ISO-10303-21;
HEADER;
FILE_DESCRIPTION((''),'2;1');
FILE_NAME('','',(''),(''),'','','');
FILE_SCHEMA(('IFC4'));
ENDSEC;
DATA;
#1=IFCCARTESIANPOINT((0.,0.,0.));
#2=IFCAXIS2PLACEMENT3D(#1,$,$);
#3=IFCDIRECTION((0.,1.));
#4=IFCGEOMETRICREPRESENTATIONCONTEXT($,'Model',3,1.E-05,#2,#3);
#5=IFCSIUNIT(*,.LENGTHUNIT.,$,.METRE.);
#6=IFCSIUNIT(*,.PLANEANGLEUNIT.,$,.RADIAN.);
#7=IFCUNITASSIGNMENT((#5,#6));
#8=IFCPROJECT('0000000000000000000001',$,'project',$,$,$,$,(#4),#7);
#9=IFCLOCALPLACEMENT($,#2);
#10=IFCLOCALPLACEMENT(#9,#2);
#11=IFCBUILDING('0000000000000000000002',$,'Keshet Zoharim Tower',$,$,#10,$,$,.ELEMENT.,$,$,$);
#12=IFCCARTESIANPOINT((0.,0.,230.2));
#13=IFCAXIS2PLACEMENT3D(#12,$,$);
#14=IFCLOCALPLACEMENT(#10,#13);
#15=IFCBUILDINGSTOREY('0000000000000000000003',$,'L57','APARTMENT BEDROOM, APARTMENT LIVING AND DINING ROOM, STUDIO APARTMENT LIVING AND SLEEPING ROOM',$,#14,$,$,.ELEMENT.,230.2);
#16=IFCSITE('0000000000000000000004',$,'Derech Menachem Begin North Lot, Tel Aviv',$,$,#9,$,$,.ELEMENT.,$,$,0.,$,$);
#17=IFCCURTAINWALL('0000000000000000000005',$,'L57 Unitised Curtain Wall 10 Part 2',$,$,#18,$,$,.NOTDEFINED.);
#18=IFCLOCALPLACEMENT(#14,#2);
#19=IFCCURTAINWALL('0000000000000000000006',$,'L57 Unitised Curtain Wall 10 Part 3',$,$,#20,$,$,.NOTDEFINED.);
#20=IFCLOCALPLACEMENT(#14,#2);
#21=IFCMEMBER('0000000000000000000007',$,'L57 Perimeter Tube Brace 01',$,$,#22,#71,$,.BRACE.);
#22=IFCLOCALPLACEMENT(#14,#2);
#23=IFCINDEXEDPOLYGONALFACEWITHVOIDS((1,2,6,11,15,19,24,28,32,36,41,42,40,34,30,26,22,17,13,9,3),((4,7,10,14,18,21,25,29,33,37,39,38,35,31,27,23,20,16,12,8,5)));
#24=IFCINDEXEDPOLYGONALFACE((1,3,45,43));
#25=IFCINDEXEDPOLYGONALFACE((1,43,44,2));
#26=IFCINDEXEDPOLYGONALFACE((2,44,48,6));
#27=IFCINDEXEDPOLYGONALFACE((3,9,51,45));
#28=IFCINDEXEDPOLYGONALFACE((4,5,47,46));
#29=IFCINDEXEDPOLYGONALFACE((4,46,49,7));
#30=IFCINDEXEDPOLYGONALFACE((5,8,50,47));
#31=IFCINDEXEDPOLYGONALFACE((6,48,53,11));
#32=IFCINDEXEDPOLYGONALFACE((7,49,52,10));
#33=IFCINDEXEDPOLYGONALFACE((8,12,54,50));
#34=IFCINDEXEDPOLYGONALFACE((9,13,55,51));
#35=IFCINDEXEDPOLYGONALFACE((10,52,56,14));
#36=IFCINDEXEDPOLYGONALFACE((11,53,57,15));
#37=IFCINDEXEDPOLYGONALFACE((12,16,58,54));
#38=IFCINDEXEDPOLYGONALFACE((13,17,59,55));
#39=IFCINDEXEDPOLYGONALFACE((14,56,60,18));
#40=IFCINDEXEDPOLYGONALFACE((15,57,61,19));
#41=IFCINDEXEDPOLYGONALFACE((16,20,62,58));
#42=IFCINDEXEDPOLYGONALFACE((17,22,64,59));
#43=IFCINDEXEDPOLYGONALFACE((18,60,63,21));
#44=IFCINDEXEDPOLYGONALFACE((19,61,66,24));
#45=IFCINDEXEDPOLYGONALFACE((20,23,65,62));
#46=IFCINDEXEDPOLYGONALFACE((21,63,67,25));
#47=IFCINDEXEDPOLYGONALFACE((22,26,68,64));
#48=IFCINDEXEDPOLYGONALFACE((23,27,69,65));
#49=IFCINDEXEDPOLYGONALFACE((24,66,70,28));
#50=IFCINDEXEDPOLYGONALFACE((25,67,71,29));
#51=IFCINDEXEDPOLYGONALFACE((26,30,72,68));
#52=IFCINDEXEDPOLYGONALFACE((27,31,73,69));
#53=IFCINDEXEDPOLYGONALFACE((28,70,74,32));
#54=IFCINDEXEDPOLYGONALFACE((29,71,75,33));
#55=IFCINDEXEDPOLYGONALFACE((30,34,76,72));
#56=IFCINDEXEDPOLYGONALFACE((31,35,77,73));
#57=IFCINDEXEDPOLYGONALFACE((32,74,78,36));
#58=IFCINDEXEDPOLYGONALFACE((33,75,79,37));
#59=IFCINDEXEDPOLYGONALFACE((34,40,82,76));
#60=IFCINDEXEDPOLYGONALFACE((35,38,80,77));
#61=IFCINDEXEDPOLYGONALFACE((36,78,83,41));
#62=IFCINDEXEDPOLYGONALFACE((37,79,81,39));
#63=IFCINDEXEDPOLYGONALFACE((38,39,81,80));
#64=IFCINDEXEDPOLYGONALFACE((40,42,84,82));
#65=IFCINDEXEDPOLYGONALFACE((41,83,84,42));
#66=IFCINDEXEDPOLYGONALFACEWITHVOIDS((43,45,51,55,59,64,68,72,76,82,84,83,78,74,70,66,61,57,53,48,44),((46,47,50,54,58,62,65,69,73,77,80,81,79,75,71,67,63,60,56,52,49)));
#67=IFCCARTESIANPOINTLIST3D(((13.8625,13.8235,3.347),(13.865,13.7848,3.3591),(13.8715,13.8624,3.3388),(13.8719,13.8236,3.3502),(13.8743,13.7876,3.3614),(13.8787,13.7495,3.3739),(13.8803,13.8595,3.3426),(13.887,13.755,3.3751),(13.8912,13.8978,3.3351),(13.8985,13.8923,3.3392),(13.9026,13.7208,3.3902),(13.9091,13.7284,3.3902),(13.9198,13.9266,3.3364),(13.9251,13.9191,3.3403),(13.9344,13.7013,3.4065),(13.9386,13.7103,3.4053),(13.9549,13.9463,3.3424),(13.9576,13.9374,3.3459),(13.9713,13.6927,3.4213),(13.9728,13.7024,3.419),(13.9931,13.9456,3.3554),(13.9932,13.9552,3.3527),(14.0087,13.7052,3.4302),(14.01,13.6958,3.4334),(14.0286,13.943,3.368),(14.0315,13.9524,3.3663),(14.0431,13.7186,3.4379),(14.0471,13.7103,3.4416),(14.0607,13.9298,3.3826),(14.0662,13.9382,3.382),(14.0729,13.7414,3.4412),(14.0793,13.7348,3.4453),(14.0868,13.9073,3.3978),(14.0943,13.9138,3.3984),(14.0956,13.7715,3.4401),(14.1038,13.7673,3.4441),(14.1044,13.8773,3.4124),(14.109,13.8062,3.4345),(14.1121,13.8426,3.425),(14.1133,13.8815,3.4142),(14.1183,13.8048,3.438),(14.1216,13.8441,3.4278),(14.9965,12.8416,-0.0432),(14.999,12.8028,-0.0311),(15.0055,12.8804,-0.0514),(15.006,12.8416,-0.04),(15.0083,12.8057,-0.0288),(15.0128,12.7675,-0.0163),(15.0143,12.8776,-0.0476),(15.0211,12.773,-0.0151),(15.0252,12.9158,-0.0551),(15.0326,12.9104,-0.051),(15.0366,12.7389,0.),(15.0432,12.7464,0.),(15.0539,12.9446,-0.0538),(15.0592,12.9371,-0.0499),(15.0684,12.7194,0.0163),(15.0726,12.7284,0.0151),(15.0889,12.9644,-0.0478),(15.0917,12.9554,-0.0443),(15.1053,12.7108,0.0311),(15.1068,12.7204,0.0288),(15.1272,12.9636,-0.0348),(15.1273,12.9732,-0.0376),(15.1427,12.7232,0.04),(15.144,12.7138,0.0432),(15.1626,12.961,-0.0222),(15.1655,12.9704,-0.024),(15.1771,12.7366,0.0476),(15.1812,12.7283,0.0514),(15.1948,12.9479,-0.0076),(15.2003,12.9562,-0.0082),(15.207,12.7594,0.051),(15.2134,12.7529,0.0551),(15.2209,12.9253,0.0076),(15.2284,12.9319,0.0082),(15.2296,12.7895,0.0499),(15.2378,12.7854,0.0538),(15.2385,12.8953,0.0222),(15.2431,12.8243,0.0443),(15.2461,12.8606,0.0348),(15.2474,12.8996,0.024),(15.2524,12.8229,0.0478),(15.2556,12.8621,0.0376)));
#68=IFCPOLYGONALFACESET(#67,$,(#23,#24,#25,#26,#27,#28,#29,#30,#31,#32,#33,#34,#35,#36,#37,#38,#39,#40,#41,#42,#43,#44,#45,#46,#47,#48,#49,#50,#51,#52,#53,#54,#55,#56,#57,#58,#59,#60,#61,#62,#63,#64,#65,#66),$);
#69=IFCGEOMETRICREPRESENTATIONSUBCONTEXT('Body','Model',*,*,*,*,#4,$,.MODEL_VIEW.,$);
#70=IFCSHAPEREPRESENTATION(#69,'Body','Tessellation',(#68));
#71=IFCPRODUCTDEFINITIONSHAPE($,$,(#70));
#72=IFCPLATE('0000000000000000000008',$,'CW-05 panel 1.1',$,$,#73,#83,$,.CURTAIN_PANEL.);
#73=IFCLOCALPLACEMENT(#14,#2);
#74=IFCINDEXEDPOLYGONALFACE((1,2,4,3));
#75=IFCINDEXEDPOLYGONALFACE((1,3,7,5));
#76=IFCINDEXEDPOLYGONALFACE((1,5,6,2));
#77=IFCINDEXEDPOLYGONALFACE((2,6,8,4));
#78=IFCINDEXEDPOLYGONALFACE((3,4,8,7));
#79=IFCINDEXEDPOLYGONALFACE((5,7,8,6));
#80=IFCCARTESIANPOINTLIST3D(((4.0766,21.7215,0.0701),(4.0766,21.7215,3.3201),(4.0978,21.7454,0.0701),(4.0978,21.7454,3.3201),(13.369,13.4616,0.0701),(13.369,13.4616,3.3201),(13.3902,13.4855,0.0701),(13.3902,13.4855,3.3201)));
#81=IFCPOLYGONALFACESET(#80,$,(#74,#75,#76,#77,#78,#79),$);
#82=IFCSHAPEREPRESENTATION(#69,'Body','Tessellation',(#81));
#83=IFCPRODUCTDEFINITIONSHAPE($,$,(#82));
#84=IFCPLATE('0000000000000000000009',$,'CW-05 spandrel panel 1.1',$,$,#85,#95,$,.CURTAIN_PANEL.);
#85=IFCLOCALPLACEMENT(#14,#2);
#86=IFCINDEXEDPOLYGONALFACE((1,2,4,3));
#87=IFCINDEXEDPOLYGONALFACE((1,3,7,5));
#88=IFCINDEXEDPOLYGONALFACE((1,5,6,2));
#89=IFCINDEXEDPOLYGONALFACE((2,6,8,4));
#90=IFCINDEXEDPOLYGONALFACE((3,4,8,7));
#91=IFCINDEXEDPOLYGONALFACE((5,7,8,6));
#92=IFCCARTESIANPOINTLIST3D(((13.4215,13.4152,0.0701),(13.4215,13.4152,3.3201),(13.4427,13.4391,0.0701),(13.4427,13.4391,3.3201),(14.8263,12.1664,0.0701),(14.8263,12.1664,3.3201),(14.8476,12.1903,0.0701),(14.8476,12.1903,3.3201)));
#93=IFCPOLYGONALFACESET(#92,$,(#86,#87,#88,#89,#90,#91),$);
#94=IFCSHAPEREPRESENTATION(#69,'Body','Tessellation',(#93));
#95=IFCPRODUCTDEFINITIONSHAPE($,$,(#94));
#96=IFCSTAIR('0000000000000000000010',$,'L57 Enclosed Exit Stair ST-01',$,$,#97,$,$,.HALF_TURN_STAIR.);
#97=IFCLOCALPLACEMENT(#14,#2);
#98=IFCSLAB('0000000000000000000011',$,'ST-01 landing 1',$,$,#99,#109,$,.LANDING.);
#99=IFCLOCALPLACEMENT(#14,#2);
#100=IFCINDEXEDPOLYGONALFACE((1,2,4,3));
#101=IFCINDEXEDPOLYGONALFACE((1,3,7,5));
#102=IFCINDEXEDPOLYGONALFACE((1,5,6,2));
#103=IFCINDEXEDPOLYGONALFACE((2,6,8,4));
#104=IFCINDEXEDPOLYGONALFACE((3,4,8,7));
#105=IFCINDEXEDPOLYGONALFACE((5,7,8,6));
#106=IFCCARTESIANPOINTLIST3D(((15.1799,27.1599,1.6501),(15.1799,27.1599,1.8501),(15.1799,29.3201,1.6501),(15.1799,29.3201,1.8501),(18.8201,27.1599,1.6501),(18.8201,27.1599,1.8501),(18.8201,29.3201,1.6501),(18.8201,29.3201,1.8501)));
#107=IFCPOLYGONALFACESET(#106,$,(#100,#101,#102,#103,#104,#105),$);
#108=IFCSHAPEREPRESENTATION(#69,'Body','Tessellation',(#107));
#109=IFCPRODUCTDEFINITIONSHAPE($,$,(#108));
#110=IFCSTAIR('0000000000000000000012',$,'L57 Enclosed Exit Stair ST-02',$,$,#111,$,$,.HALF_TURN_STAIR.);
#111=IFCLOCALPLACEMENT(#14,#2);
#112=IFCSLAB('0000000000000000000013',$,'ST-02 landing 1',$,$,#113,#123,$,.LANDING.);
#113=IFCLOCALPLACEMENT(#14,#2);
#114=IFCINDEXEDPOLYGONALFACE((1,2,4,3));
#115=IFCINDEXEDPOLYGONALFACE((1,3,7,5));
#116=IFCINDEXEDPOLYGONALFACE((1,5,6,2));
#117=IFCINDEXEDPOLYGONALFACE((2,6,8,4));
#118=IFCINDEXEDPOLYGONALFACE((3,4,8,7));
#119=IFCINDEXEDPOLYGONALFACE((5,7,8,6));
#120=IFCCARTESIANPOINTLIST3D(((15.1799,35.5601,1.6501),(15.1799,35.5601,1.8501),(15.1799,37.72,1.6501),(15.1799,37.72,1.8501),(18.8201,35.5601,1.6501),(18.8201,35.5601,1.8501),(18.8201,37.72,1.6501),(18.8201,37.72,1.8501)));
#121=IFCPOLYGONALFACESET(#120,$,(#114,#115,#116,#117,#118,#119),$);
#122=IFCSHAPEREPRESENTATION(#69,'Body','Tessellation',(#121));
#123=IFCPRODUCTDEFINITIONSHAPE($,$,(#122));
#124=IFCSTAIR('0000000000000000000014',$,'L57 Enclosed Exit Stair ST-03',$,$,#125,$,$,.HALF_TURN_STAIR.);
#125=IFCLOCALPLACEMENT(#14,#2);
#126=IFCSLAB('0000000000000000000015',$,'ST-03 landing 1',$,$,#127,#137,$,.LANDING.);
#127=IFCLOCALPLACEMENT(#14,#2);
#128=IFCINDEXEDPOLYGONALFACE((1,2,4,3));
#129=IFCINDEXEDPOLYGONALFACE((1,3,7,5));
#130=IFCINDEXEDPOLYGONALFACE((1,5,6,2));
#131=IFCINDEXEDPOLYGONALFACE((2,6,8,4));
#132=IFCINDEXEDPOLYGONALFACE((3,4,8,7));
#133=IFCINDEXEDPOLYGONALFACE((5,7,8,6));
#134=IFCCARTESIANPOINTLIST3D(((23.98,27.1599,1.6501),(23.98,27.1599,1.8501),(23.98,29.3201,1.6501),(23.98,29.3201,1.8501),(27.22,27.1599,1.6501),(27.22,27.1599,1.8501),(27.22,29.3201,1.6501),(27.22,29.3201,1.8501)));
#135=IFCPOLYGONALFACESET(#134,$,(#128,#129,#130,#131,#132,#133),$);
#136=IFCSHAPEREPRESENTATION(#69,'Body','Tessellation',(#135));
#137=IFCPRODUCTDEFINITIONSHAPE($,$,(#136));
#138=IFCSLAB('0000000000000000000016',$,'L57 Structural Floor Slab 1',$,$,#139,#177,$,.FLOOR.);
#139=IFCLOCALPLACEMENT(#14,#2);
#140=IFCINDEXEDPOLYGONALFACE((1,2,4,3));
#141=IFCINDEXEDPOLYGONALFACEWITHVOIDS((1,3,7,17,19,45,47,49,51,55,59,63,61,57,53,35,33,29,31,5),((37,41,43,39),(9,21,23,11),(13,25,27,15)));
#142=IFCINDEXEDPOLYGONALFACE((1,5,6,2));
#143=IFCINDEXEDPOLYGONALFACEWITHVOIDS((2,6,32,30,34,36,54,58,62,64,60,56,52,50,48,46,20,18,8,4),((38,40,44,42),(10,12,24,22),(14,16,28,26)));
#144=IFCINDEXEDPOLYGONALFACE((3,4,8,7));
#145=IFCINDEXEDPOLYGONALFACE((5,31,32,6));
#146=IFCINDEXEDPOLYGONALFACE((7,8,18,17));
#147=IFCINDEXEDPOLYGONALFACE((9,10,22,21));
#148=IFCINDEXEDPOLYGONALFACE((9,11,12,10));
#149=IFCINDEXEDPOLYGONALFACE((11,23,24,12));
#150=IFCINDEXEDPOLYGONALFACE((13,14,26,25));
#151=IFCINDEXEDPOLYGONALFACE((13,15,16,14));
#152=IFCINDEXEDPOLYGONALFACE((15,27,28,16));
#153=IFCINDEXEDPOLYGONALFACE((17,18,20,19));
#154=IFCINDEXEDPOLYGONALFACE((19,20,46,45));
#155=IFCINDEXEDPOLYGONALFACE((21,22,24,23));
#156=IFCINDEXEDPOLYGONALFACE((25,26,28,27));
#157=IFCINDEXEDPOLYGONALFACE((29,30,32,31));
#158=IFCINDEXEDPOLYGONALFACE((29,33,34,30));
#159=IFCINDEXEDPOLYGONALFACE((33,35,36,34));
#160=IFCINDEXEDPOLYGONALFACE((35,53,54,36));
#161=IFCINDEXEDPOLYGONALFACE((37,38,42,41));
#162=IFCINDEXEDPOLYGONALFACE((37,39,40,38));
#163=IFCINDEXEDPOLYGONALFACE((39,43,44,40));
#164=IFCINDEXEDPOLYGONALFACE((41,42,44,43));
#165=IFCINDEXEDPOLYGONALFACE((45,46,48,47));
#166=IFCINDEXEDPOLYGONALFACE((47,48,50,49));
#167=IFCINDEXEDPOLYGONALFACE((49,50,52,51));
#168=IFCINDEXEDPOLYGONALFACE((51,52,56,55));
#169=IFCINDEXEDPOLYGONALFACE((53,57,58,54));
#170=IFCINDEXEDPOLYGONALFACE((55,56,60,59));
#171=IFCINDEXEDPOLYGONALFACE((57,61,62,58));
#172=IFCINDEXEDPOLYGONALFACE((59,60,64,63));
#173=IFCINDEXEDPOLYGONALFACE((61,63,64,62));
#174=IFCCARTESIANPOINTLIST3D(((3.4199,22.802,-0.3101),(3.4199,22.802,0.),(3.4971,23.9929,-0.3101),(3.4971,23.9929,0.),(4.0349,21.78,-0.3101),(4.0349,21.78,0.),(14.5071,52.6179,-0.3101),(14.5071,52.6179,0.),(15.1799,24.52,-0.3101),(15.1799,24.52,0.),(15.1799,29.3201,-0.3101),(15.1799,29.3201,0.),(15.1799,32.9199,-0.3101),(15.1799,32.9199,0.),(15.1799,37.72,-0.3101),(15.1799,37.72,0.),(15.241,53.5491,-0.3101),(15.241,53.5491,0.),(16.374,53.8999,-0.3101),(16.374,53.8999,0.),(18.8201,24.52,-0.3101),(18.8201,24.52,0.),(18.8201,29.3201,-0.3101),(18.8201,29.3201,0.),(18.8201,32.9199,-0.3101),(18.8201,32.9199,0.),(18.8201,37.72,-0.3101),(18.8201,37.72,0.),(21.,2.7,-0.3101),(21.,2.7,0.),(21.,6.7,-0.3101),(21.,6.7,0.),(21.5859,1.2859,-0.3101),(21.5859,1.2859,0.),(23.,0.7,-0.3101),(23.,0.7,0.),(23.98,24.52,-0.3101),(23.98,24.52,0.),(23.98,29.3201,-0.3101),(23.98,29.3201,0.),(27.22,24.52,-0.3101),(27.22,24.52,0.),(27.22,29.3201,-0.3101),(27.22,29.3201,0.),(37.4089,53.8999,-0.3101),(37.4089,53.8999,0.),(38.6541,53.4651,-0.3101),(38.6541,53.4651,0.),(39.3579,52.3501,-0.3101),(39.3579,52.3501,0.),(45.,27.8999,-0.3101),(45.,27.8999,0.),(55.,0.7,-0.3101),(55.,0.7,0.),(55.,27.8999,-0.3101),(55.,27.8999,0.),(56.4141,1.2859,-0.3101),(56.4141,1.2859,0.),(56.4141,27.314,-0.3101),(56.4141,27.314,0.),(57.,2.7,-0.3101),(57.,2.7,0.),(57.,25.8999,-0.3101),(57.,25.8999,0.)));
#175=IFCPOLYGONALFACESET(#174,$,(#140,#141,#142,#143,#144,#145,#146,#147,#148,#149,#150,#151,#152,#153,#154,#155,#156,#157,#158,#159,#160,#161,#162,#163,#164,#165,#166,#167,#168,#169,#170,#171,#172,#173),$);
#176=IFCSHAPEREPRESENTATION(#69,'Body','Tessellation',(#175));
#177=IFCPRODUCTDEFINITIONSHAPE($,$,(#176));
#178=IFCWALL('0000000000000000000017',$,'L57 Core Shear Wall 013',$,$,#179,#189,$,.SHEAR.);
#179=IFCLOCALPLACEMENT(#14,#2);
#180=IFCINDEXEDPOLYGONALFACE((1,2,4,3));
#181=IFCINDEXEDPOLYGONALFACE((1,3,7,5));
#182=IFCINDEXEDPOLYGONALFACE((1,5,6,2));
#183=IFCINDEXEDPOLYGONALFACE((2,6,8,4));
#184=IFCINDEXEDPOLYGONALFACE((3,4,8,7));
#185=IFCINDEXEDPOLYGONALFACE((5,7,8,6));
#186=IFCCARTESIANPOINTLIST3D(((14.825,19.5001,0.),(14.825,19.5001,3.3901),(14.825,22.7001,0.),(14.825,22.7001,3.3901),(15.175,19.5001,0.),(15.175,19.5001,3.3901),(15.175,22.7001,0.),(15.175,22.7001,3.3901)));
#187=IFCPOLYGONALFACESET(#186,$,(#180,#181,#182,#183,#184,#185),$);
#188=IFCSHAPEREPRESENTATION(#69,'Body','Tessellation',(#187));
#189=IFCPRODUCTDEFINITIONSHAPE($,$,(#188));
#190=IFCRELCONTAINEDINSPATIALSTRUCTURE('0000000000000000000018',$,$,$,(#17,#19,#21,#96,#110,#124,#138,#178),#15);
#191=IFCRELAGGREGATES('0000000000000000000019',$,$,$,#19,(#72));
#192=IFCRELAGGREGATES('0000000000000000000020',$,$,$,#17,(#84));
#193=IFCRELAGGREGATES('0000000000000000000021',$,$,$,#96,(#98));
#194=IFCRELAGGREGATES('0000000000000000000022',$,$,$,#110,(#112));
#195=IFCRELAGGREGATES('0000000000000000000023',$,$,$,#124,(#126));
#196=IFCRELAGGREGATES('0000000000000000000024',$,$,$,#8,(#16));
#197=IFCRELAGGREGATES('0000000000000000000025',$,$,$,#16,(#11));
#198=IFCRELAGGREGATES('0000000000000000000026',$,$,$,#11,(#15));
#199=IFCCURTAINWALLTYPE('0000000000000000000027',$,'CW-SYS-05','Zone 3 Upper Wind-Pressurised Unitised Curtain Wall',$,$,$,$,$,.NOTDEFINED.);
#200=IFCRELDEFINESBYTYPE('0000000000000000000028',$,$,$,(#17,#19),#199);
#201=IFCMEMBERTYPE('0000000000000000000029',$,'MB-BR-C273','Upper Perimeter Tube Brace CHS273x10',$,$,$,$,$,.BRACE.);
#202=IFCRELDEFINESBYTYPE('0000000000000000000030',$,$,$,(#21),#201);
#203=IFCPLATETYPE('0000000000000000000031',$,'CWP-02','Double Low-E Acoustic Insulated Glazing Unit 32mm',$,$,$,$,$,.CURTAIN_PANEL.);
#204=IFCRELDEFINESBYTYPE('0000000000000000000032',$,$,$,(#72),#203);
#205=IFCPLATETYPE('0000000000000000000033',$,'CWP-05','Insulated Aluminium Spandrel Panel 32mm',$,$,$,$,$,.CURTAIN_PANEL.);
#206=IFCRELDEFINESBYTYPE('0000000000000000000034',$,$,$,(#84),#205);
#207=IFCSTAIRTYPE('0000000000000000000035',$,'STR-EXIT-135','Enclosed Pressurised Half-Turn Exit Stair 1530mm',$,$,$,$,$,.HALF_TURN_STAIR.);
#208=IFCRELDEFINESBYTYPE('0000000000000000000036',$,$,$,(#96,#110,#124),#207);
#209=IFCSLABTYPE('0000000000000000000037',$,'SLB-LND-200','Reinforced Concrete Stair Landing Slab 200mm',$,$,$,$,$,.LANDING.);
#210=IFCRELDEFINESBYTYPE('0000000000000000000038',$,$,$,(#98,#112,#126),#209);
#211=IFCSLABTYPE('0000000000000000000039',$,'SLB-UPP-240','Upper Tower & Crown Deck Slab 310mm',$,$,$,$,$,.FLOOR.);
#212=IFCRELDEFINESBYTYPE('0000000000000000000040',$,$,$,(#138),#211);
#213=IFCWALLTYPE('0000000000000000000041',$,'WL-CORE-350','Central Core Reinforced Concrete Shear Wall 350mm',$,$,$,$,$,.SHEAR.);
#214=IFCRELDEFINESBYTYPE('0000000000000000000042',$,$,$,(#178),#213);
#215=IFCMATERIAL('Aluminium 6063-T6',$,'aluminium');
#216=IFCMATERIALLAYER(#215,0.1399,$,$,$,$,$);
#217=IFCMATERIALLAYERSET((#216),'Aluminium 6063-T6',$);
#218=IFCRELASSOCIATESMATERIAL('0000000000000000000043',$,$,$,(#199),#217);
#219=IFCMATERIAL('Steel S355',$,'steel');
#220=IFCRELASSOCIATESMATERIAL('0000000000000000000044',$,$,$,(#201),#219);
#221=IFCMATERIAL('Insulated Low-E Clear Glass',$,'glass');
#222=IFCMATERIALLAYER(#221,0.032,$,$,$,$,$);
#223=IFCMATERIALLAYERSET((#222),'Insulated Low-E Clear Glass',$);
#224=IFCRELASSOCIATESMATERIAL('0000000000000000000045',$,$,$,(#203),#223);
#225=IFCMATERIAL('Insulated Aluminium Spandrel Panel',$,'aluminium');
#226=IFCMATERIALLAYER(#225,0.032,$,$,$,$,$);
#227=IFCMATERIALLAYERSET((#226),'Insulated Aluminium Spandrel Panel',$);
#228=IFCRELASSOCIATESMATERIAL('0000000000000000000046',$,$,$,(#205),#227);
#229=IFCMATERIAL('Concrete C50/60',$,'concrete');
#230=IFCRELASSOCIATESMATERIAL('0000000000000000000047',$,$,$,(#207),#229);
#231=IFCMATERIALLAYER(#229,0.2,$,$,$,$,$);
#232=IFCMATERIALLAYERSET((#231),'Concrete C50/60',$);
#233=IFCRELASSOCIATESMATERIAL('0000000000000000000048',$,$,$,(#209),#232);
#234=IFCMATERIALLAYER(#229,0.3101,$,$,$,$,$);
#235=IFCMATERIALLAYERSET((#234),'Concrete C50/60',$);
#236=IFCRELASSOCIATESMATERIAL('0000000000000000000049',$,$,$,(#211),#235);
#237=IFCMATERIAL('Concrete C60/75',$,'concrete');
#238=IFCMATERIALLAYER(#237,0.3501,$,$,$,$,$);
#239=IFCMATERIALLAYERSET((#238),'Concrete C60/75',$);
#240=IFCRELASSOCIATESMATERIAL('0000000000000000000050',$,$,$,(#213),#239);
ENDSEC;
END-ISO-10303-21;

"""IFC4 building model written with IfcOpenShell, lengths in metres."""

from ifc_helpers import new_model, si_unit, direction, frame, frame_2d, origin, origin_2d, place, context, subcontext, project, spatial, polyline, rectangle, hollow_circle, outline, extrude, material, layer, layer_set, material_profile, profile_set, type_object, element, aggregate, save


model = new_model("IFC4")

# Units and contexts
model_context = context("Model", 3, precision=1e-05, world=origin(), true_north=direction((0.0, 1.0)))
body_context = subcontext(model_context, "Body", "Model", "MODEL_VIEW")
ifc_project = project(units=[si_unit("LENGTHUNIT", "METRE"), si_unit("PLANEANGLEUNIT", "RADIAN")], contexts=[model_context])

# Site, building, storey
site_placement = place(None, origin())
site = spatial("IfcSite", under=ifc_project, at=site_placement, Name="Derech Menachem Begin North Lot, Tel Aviv", CompositionType="ELEMENT", RefElevation=0.0)
building_placement = place(site_placement, origin())
building = spatial("IfcBuilding", under=site, at=building_placement, Name="Keshet Zoharim Tower", CompositionType="ELEMENT")
storey_placement = place(building_placement, frame((0.0, 0.0, 230.2)))
storey = spatial("IfcBuildingStorey", under=building, at=storey_placement, Name="L57", Description="APARTMENT BEDROOM, APARTMENT LIVING AND DINING ROOM, STUDIO APARTMENT LIVING AND SLEEPING ROOM", CompositionType="ELEMENT", Elevation=230.2)

# Shared definitions
ifc_material_1 = material(Name="Steel S355", Category="steel")
ifc_material_2 = material(Name="Concrete C50/60", Category="concrete")

# Shared definitions
ifc_material_3 = material(Name="Aluminium 6063-T6", Category="aluminium")
ifc_layer_1 = layer(ifc_material_3, 0.1399)
ifc_layer_set_1 = layer_set([ifc_layer_1], Name="Aluminium 6063-T6")
curtain_wall_type = type_object("IfcCurtainWallType", Name="CW-SYS-05", Description="Zone 3 Upper Wind-Pressurised Unitised Curtain Wall", PredefinedType="NOTDEFINED", material=ifc_layer_set_1)

# Curtain walls
curtain_wall_1_placement = place(storey_placement, origin())
curtain_wall_1 = element("IfcCurtainWall", 1, at=curtain_wall_1_placement, inside=storey, type_object=curtain_wall_type, Name="L57 Unitised Curtain Wall 10 Part 2", PredefinedType="NOTDEFINED")
curtain_wall_2_placement = place(storey_placement, origin())
curtain_wall_2 = element("IfcCurtainWall", 2, at=curtain_wall_2_placement, inside=storey, type_object=curtain_wall_type, Name="L57 Unitised Curtain Wall 10 Part 3", PredefinedType="NOTDEFINED")

# Member
ifc_material_profile_1 = material_profile(ifc_material_1, hollow_circle(Radius=0.1365, WallThickness=0.01, at=origin_2d()), Name="CHS273x10")
ifc_profile_set_1 = profile_set([ifc_material_profile_1], Name="Steel S355")
member_type_1 = type_object("IfcMemberType", Name="MB-BR-C273", Description="Upper Perimeter Tube Brace CHS273x10", PredefinedType="BRACE", material=ifc_profile_set_1)
member_1_placement = place(storey_placement, frame((15.126, 12.842, 0.0), z_axis=(-0.305901, 0.264873, 0.914476), x_axis=(-0.65459, -0.755984, 0.0)))
element("IfcMember", 3, at=member_1_placement, inside=storey, type_object=member_type_1, Name="L57 Perimeter Tube Brace 01", PredefinedType="BRACE", context=body_context, shape_type="SweptSolid", body=[
    extrude(hollow_circle(Radius=0.1365, WallThickness=0.01, at=origin_2d()), origin(), (0.0, 0.0, 1.0), 3.7073),
])

# Plates
ifc_material_4 = material(Name="Insulated Low-E Clear Glass", Category="glass")
ifc_layer_2 = layer(ifc_material_4, 0.032)
ifc_layer_set_2 = layer_set([ifc_layer_2], Name="Insulated Low-E Clear Glass")
plate_type_1 = type_object("IfcPlateType", Name="CWP-02", Description="Double Low-E Acoustic Insulated Glazing Unit 32mm", PredefinedType="CURTAIN_PANEL", material=ifc_layer_set_2)
plate_1_placement = place(storey_placement, frame((8.7334, 17.6035, 0.0701), z_axis=(0.0, 0.0, 1.0), x_axis=(-0.747409, 0.664364, 0.0)))
plate_1 = element("IfcPlate", 4, at=plate_1_placement, type_object=plate_type_1, Name="CW-05 panel 1.1", PredefinedType="CURTAIN_PANEL", context=body_context, shape_type="SweptSolid", body=[
    extrude(rectangle(XDim=12.4329, YDim=0.032, at=origin_2d()), origin(), (0.0, 0.0, 1.0), 3.25),
])
aggregate(curtain_wall_2, [plate_1])
ifc_material_5 = material(Name="Insulated Aluminium Spandrel Panel", Category="aluminium")
ifc_layer_3 = layer(ifc_material_5, 0.032)
ifc_layer_set_3 = layer_set([ifc_layer_3], Name="Insulated Aluminium Spandrel Panel")
plate_type_2 = type_object("IfcPlateType", Name="CWP-05", Description="Insulated Aluminium Spandrel Panel 32mm", PredefinedType="CURTAIN_PANEL", material=ifc_layer_set_3)
plate_2_placement = place(storey_placement, frame((14.1345, 12.8027, 0.0701), z_axis=(0.0, 0.0, 1.0), x_axis=(-0.747406, 0.664367, 0.0)))
plate_2 = element("IfcPlate", 5, at=plate_2_placement, type_object=plate_type_2, Name="CW-05 spandrel panel 1.1", PredefinedType="CURTAIN_PANEL", context=body_context, shape_type="SweptSolid", body=[
    extrude(rectangle(XDim=1.8796, YDim=0.032, at=origin_2d()), origin(), (0.0, 0.0, 1.0), 3.25),
])
aggregate(curtain_wall_1, [plate_2])

# Stairs, slabs
stair_type = type_object("IfcStairType", Name="STR-EXIT-135", Description="Enclosed Pressurised Half-Turn Exit Stair 1530mm", PredefinedType="HALF_TURN_STAIR", material=ifc_material_2)
stair_1_placement = place(storey_placement, origin())
stair_1 = element("IfcStair", 6, at=stair_1_placement, inside=storey, type_object=stair_type, Name="L57 Enclosed Exit Stair ST-01", PredefinedType="HALF_TURN_STAIR")
ifc_layer_4 = layer(ifc_material_2, 0.2)
ifc_layer_set_4 = layer_set([ifc_layer_4], Name="Concrete C50/60")
slab_type_1 = type_object("IfcSlabType", Name="SLB-LND-200", Description="Reinforced Concrete Stair Landing Slab 200mm", PredefinedType="LANDING", material=ifc_layer_set_4)
slab_1_placement = place(storey_placement, frame((0.0, 0.0, 1.6501)))
slab_1 = element("IfcSlab", 7, at=slab_1_placement, type_object=slab_type_1, Name="ST-01 landing 1", PredefinedType="LANDING", context=body_context, shape_type="SweptSolid", body=[
    extrude(outline(polyline([(15.1799, 27.1599), (18.8201, 27.1599), (18.8201, 29.3201), (15.1799, 29.3201), (15.1799, 27.1599)])), origin(), (0.0, 0.0, 1.0), 0.2),
])
aggregate(stair_1, [slab_1])
stair_2_placement = place(storey_placement, origin())
stair_2 = element("IfcStair", 8, at=stair_2_placement, inside=storey, type_object=stair_type, Name="L57 Enclosed Exit Stair ST-02", PredefinedType="HALF_TURN_STAIR")
slab_2_placement = place(storey_placement, frame((0.0, 0.0, 1.6501)))
slab_2 = element("IfcSlab", 9, at=slab_2_placement, type_object=slab_type_1, Name="ST-02 landing 1", PredefinedType="LANDING", context=body_context, shape_type="SweptSolid", body=[
    extrude(outline(polyline([(15.1799, 35.5601), (18.8201, 35.5601), (18.8201, 37.72), (15.1799, 37.72), (15.1799, 35.5601)])), origin(), (0.0, 0.0, 1.0), 0.2),
])
aggregate(stair_2, [slab_2])
stair_3_placement = place(storey_placement, origin())
stair_3 = element("IfcStair", 10, at=stair_3_placement, inside=storey, type_object=stair_type, Name="L57 Enclosed Exit Stair ST-03", PredefinedType="HALF_TURN_STAIR")
slab_3_placement = place(storey_placement, frame((0.0, 0.0, 1.6501)))
slab_3 = element("IfcSlab", 11, at=slab_3_placement, type_object=slab_type_1, Name="ST-03 landing 1", PredefinedType="LANDING", context=body_context, shape_type="SweptSolid", body=[
    extrude(outline(polyline([(23.98, 27.1599), (27.22, 27.1599), (27.22, 29.3201), (23.98, 29.3201), (23.98, 27.1599)])), origin(), (0.0, 0.0, 1.0), 0.2),
])
aggregate(stair_3, [slab_3])

# Slab
ifc_layer_5 = layer(ifc_material_2, 0.3101)
ifc_layer_set_5 = layer_set([ifc_layer_5], Name="Concrete C50/60")
slab_type_2 = type_object("IfcSlabType", Name="SLB-UPP-240", Description="Upper Tower & Crown Deck Slab 310mm", PredefinedType="FLOOR", material=ifc_layer_set_5)
slab_4_placement = place(storey_placement, frame((0.0, 0.0, -0.3101)))
element("IfcSlab", 12, at=slab_4_placement, inside=storey, type_object=slab_type_2, Name="L57 Structural Floor Slab 1", PredefinedType="FLOOR", context=body_context, shape_type="SweptSolid", body=[
    extrude(outline(polyline([(55.0, 27.8999), (56.4141, 27.314), (57.0, 25.8999), (57.0, 2.7), (56.4141, 1.2859), (55.0, 0.7), (23.0, 0.7), (21.5859, 1.2859), (21.0, 2.7), (21.0, 6.7), (4.0349, 21.78), (3.4199, 22.802), (3.4971, 23.9929), (14.5071, 52.6179), (15.241, 53.5491), (16.374, 53.8999), (37.4089, 53.8999), (38.6541, 53.4651), (39.3579, 52.3501), (45.0, 27.8999), (55.0, 27.8999)]), holes=[polyline([(15.1799, 24.52), (18.8201, 24.52), (18.8201, 29.3201), (15.1799, 29.3201), (15.1799, 24.52)]), polyline([(15.1799, 32.9199), (18.8201, 32.9199), (18.8201, 37.72), (15.1799, 37.72), (15.1799, 32.9199)]), polyline([(23.98, 24.52), (27.22, 24.52), (27.22, 29.3201), (23.98, 29.3201), (23.98, 24.52)])]), origin(), (0.0, 0.0, 1.0), 0.3101),
])

# Wall
ifc_material_6 = material(Name="Concrete C60/75", Category="concrete")
ifc_layer_6 = layer(ifc_material_6, 0.3501)
ifc_layer_set_6 = layer_set([ifc_layer_6], Name="Concrete C60/75")
wall_type_1 = type_object("IfcWallType", Name="WL-CORE-350", Description="Central Core Reinforced Concrete Shear Wall 350mm", PredefinedType="SHEAR", material=ifc_layer_set_6)
wall_1_placement = place(storey_placement, frame((15.0, 19.5, 0.0), z_axis=(0.0, 0.0, 1.0), x_axis=(0.0, 1.0, 0.0)))
element("IfcWall", 13, at=wall_1_placement, inside=storey, type_object=wall_type_1, Name="L57 Core Shear Wall 013", PredefinedType="SHEAR", context=body_context, shape_type="SweptSolid", body=[
    extrude(rectangle(XDim=3.2, YDim=0.3501, at=frame_2d((1.6001, 0.0))), origin(), (0.0, 0.0, 1.0), 3.3901),
])

save(model, "model.ifc")
